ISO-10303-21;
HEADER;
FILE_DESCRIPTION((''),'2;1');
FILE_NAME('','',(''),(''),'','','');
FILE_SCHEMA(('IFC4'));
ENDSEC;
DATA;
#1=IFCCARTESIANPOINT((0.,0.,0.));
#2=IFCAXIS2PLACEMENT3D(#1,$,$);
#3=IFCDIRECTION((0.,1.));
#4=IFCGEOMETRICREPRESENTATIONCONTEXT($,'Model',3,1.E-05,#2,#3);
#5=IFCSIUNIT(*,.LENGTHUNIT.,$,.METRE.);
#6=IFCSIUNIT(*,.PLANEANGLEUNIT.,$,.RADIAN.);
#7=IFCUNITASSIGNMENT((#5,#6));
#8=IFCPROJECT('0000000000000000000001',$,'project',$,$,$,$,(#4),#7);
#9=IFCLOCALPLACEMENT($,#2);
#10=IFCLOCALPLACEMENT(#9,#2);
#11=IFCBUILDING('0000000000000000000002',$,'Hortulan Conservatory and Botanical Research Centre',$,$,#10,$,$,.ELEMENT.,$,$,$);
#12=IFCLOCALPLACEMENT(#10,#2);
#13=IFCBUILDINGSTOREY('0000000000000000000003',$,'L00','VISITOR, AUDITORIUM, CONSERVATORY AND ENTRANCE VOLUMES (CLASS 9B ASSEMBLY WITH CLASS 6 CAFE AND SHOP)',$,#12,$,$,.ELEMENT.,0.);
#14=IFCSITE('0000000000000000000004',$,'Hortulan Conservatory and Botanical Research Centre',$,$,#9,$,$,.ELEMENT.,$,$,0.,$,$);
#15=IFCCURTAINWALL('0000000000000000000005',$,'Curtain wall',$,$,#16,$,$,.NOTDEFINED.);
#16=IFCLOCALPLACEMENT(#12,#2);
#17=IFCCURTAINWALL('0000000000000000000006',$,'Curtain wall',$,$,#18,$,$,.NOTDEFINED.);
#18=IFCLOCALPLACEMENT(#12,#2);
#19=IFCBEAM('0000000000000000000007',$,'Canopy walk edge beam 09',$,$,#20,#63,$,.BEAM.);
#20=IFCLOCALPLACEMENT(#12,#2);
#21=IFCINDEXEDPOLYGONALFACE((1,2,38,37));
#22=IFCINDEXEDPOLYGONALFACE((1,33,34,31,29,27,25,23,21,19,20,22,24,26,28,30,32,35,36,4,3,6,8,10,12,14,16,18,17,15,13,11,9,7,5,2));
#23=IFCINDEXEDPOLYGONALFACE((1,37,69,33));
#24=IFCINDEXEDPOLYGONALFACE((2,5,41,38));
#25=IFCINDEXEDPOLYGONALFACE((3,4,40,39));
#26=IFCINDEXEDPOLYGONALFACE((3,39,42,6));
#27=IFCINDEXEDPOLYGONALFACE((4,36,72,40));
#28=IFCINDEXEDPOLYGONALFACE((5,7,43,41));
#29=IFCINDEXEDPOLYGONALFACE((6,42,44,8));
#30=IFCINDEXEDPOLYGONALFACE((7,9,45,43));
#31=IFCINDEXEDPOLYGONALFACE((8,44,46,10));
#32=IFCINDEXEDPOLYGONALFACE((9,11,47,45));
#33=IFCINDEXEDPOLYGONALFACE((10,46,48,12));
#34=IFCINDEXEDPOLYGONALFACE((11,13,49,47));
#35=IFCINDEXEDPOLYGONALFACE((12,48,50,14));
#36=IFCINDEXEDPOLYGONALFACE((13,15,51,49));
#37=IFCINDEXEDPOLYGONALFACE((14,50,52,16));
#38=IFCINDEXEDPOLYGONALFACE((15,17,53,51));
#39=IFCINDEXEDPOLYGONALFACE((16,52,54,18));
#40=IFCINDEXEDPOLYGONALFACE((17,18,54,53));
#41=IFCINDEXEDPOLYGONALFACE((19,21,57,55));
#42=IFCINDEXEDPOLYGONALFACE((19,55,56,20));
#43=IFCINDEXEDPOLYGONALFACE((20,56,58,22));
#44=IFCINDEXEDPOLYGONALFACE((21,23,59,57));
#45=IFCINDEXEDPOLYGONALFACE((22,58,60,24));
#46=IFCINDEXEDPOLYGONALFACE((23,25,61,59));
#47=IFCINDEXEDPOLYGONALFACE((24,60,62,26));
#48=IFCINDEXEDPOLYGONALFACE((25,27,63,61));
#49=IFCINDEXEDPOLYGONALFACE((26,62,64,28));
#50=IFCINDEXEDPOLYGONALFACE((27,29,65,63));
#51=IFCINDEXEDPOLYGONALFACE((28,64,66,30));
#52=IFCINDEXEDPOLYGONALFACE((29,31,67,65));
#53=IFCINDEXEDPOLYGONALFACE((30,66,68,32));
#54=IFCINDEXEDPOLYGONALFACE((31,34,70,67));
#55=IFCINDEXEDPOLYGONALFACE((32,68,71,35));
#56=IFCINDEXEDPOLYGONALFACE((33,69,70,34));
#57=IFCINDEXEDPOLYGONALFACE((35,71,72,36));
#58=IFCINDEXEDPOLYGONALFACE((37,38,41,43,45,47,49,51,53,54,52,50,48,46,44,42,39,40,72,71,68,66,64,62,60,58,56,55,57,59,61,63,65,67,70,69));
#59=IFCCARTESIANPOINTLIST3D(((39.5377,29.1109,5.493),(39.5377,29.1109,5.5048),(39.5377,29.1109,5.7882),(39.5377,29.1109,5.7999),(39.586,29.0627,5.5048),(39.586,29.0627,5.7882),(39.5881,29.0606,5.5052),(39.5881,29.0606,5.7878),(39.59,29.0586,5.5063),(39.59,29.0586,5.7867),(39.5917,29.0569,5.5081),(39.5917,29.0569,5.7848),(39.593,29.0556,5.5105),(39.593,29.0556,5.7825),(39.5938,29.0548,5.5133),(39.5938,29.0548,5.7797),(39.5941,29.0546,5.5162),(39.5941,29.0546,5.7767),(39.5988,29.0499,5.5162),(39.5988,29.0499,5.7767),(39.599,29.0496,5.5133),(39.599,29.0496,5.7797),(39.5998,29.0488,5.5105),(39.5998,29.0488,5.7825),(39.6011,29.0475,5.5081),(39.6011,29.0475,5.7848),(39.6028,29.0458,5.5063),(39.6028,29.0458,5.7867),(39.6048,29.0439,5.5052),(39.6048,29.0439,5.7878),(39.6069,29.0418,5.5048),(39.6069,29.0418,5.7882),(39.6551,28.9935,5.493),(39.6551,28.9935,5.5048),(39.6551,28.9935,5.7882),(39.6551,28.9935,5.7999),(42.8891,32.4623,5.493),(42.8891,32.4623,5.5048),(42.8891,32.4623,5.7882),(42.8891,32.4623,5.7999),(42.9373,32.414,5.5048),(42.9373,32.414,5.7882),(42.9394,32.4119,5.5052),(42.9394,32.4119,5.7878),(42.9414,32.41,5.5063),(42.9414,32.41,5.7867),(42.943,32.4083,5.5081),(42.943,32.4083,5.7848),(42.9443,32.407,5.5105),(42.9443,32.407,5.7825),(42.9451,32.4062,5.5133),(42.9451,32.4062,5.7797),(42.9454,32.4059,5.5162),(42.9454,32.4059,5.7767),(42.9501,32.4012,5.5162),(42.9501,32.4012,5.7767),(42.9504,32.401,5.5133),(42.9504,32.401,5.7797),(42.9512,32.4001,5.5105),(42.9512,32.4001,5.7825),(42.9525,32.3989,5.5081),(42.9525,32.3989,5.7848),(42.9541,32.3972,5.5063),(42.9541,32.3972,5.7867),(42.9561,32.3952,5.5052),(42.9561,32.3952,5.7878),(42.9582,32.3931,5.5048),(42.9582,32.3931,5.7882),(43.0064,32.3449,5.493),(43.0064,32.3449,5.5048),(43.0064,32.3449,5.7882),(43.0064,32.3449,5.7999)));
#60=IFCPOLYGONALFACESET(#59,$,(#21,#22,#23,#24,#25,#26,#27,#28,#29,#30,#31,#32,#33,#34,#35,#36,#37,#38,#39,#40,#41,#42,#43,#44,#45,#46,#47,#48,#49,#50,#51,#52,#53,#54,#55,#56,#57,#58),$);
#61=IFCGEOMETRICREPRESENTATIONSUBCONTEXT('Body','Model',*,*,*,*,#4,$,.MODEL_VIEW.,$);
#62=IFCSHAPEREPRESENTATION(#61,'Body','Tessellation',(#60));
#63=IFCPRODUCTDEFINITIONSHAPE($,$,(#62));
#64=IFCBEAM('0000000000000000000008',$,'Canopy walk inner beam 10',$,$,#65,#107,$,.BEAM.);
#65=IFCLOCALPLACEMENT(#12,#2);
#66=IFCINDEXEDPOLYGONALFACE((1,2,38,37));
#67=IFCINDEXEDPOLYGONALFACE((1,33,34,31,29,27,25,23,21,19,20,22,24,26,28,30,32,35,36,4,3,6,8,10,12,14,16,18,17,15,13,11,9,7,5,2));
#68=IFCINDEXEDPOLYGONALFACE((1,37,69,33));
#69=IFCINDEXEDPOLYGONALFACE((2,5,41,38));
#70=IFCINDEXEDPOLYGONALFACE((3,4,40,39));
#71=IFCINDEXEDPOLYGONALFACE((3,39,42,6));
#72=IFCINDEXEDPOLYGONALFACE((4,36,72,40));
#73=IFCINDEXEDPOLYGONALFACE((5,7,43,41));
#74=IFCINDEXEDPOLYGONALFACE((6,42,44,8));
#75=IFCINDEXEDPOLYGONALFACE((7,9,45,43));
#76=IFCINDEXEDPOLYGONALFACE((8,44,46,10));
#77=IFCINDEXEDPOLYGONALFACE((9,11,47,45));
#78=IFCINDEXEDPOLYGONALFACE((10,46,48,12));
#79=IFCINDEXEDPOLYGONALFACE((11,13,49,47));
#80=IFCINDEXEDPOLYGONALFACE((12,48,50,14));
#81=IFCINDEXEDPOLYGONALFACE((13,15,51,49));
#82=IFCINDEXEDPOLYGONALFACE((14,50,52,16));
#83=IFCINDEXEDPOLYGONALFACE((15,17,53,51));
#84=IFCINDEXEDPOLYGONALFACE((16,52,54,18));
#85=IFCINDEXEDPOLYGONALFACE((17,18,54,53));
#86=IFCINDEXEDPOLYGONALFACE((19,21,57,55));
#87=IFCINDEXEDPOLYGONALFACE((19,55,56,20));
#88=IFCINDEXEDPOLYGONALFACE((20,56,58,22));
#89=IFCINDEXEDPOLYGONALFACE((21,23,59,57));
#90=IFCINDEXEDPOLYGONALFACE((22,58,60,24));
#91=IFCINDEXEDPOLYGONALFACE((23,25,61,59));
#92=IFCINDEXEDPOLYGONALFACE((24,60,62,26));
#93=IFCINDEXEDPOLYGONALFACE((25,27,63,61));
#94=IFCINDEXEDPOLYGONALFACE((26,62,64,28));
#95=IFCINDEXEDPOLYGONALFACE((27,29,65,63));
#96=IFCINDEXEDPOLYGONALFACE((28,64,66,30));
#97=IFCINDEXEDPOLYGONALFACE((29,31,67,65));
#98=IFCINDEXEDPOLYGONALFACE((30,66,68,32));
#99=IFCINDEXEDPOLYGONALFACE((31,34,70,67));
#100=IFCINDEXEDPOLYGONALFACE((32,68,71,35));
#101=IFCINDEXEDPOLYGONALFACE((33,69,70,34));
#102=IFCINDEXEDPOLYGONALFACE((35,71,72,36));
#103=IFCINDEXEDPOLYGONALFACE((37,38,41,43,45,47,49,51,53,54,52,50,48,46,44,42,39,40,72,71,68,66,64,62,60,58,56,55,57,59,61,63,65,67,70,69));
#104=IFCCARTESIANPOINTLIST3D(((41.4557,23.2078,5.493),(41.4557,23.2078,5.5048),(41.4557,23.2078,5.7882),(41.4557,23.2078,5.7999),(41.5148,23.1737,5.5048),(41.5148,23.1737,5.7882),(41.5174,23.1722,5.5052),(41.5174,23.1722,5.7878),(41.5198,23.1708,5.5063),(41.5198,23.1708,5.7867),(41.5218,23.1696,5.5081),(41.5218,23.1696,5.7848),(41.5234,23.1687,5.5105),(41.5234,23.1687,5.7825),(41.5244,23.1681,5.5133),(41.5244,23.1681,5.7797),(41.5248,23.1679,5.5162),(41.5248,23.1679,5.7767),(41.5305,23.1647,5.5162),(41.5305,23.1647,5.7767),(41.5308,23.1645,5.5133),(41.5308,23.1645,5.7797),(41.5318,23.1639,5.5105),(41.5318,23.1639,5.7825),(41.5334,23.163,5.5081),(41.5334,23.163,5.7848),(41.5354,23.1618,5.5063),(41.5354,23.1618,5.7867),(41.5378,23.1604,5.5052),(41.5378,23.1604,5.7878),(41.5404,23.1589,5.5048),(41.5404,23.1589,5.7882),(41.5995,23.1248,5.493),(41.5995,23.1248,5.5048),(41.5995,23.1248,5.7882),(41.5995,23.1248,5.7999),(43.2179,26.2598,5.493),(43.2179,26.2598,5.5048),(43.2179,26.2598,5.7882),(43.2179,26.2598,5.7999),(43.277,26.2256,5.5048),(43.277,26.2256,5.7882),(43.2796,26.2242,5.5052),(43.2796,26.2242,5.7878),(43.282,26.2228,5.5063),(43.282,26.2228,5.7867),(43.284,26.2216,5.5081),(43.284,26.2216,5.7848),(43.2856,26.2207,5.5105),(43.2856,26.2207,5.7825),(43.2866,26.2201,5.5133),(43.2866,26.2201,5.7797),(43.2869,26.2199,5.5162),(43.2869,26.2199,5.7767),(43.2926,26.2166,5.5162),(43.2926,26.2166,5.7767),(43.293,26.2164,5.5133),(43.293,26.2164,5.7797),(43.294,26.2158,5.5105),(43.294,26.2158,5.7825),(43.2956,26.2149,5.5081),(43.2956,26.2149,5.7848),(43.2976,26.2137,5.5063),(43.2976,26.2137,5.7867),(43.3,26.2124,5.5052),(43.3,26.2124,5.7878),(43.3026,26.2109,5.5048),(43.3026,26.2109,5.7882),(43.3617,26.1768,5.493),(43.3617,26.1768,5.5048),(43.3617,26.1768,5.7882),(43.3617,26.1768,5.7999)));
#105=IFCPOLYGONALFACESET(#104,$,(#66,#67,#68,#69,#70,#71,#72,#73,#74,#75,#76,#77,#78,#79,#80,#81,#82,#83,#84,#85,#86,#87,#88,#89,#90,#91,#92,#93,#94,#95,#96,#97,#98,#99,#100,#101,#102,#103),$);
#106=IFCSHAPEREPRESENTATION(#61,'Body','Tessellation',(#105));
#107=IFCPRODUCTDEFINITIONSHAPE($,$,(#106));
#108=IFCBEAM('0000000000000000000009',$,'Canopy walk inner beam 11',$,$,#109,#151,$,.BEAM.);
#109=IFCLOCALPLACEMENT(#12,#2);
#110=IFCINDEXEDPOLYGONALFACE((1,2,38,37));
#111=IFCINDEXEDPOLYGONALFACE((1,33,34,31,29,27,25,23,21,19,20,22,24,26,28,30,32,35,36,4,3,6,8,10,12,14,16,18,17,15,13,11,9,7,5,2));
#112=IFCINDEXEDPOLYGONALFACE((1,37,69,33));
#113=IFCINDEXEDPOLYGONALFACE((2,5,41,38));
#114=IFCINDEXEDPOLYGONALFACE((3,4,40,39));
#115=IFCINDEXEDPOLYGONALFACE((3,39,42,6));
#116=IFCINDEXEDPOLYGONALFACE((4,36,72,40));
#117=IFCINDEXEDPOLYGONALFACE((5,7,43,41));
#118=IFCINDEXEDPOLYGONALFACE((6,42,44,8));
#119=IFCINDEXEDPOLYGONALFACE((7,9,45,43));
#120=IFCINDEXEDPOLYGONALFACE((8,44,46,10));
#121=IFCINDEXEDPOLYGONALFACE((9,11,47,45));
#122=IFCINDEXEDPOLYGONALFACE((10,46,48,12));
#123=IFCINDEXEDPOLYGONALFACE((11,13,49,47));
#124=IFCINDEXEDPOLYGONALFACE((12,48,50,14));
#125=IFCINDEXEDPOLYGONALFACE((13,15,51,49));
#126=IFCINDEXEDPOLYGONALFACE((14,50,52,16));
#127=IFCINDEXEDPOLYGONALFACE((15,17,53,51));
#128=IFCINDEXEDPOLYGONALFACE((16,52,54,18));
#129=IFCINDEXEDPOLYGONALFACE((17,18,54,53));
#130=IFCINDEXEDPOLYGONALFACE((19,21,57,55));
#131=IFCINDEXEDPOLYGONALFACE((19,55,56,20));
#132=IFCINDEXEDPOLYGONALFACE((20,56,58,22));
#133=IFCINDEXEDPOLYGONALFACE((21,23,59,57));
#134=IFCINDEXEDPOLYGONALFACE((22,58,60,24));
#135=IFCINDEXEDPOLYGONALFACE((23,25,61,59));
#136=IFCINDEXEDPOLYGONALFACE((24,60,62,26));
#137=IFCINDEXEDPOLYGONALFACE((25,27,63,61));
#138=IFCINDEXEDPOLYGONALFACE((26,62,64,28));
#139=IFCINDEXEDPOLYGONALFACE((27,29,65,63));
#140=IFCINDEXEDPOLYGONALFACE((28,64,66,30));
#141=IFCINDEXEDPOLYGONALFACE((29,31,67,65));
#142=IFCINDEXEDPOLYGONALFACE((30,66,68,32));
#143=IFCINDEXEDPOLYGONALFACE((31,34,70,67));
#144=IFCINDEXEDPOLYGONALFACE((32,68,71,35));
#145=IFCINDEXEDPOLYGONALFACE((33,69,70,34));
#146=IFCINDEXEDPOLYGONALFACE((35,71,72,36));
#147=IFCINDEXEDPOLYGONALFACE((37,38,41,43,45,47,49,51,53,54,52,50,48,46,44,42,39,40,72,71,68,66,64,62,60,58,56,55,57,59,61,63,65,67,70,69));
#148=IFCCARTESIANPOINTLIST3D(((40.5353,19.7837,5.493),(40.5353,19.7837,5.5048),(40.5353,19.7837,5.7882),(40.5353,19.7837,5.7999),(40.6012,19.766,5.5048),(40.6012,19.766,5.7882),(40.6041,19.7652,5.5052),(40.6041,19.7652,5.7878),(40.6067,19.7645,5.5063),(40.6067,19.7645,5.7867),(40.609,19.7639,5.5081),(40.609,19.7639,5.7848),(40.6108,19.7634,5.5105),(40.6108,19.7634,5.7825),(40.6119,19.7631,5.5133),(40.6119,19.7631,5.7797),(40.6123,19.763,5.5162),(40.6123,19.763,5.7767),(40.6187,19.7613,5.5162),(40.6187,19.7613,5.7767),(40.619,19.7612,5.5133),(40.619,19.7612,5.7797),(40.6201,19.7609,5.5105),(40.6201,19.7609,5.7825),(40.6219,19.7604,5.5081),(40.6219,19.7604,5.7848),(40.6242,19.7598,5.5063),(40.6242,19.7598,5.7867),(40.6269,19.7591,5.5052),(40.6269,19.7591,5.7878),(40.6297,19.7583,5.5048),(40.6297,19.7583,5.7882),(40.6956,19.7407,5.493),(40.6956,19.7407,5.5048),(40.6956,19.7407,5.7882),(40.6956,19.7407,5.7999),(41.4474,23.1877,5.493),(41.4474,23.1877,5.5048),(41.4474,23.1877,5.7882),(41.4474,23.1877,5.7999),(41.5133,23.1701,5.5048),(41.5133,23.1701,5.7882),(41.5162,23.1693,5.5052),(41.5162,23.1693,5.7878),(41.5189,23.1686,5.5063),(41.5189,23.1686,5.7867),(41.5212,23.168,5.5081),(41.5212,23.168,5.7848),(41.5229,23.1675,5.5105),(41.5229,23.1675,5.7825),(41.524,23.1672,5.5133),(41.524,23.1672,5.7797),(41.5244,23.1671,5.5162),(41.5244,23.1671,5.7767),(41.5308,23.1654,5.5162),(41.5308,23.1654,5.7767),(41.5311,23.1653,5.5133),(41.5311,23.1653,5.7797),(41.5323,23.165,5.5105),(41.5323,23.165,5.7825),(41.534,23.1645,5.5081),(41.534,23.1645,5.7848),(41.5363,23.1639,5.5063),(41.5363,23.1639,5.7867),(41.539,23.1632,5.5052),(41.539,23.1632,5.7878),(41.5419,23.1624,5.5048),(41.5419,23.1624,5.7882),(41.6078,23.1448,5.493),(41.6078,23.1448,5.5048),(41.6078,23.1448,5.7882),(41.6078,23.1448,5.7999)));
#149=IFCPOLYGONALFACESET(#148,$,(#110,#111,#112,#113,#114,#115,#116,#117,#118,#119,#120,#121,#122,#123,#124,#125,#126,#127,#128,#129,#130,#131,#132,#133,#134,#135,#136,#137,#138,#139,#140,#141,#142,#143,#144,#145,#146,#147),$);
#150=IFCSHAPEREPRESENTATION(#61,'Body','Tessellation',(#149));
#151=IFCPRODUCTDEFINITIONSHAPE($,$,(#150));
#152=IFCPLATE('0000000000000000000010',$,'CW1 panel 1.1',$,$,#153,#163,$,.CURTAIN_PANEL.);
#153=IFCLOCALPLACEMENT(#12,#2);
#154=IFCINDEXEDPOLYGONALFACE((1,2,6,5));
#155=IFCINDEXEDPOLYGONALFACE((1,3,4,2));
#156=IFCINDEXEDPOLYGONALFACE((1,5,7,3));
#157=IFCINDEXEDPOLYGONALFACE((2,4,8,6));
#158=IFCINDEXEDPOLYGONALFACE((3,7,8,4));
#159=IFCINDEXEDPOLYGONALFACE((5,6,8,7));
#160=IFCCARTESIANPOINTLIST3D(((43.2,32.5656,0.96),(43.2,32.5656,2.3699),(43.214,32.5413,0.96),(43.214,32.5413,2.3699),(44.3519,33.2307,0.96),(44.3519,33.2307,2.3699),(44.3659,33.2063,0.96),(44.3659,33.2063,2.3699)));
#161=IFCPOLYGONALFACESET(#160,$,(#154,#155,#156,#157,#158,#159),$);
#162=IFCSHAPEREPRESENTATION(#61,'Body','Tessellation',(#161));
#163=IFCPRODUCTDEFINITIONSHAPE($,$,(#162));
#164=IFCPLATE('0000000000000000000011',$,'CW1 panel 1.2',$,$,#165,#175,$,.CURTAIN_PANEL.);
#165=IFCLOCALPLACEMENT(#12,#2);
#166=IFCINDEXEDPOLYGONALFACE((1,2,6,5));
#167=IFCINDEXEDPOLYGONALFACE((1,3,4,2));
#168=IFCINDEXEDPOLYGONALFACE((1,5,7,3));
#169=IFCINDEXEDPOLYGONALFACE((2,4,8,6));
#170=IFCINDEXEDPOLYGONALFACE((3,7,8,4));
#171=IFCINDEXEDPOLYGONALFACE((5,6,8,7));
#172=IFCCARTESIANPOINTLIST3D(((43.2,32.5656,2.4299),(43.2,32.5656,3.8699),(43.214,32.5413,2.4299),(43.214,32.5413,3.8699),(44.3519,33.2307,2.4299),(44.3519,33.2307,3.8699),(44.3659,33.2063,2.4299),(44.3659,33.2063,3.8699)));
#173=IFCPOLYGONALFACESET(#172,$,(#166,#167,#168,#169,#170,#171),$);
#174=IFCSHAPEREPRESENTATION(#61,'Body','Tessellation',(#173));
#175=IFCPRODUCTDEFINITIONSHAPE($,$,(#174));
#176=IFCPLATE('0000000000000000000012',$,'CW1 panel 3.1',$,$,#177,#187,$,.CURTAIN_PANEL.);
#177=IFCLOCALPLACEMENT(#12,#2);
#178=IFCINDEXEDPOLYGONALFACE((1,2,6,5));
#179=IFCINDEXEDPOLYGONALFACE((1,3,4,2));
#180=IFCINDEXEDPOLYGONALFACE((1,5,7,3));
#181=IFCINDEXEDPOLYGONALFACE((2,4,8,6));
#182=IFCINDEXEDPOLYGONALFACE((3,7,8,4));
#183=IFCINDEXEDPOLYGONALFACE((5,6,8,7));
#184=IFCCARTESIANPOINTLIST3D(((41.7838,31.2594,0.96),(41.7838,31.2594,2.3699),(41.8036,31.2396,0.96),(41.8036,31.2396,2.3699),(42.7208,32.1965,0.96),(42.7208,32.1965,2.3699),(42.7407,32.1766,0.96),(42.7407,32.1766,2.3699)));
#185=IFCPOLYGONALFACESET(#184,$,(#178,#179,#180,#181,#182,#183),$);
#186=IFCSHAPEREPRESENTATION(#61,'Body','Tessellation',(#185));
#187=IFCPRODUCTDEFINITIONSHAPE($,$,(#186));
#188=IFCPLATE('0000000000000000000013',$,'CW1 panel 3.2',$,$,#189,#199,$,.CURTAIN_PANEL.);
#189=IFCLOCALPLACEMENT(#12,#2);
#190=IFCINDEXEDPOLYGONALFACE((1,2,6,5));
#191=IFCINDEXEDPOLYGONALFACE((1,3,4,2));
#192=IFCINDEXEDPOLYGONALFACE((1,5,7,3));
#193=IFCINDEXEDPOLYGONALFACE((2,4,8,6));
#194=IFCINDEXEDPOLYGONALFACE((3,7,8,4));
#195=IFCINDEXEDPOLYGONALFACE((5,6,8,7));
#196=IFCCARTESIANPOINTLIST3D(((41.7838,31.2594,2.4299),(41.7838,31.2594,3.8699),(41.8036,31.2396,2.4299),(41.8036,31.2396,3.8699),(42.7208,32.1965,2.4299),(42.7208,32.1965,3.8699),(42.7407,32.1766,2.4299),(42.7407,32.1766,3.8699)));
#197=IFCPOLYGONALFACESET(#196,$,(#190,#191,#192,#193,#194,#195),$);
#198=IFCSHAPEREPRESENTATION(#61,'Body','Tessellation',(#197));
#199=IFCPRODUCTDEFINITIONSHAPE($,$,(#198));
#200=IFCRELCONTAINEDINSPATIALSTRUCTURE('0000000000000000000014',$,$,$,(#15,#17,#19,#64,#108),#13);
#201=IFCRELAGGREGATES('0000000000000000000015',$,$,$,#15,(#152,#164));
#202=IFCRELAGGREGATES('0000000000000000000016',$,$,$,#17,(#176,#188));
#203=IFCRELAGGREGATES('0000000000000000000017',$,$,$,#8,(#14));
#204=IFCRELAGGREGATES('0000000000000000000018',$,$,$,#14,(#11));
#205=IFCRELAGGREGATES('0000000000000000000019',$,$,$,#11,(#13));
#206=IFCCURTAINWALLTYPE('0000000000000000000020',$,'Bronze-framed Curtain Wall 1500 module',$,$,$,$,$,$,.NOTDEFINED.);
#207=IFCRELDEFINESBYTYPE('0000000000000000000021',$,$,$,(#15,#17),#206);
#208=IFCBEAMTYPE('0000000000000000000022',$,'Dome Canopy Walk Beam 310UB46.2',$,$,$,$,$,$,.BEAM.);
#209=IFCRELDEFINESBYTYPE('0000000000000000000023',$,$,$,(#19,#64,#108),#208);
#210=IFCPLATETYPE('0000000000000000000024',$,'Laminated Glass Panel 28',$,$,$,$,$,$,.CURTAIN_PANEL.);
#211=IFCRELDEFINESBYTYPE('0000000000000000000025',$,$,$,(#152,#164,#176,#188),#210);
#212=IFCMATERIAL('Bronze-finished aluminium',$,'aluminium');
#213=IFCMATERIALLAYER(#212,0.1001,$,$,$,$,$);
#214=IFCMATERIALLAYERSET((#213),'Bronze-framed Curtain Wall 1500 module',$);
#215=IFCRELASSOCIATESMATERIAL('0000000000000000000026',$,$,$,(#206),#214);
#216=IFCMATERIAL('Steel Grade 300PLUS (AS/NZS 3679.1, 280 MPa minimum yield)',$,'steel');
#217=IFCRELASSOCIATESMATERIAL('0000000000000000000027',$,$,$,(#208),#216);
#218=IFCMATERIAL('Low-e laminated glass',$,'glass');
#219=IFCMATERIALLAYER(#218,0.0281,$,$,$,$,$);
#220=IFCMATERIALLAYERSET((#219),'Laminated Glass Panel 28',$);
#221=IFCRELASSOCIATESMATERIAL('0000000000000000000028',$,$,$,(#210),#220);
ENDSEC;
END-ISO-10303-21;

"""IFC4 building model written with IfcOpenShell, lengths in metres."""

from ifc_helpers import new_model, si_unit, direction, frame, origin, origin_2d, place, context, subcontext, project, spatial, rectangle, i_section, extrude, material, layer, layer_set, material_profile, profile_set, type_object, element, aggregate, save


model = new_model("IFC4")

# Units and contexts
model_context = context("Model", 3, precision=1e-05, world=origin(), true_north=direction((0.0, 1.0)))
body_context = subcontext(model_context, "Body", "Model", "MODEL_VIEW")
ifc_project = project(units=[si_unit("LENGTHUNIT", "METRE"), si_unit("PLANEANGLEUNIT", "RADIAN")], contexts=[model_context])

# Site, building, storey
site_placement = place(None, origin())
site = spatial("IfcSite", under=ifc_project, at=site_placement, Name="Hortulan Conservatory and Botanical Research Centre", CompositionType="ELEMENT", RefElevation=0.0)
building_placement = place(site_placement, origin())
building = spatial("IfcBuilding", under=site, at=building_placement, Name="Hortulan Conservatory and Botanical Research Centre", CompositionType="ELEMENT")
storey_placement = place(building_placement, origin())
storey = spatial("IfcBuildingStorey", under=building, at=storey_placement, Name="L00", Description="VISITOR, AUDITORIUM, CONSERVATORY AND ENTRANCE VOLUMES (CLASS 9B ASSEMBLY WITH CLASS 6 CAFE AND SHOP)", CompositionType="ELEMENT", Elevation=0.0)

# Curtain wall
ifc_material_1 = material(Name="Bronze-finished aluminium", Category="aluminium")
ifc_layer_1 = layer(ifc_material_1, 0.1001)
ifc_layer_set_1 = layer_set([ifc_layer_1], Name="Bronze-framed Curtain Wall 1500 module")
curtain_wall_type = type_object("IfcCurtainWallType", Name="Bronze-framed Curtain Wall 1500 module", PredefinedType="NOTDEFINED", material=ifc_layer_set_1)
curtain_wall_1_placement = place(storey_placement, origin())
curtain_wall_1 = element("IfcCurtainWall", 1, at=curtain_wall_1_placement, inside=storey, type_object=curtain_wall_type, Name="Curtain wall", PredefinedType="NOTDEFINED")

# Curtain wall
curtain_wall_2_placement = place(storey_placement, origin())
curtain_wall_2 = element("IfcCurtainWall", 2, at=curtain_wall_2_placement, inside=storey, type_object=curtain_wall_type, Name="Curtain wall", PredefinedType="NOTDEFINED")

# Beams
ifc_material_2 = material(Name="Steel Grade 300PLUS (AS/NZS 3679.1, 280 MPa minimum yield)", Category="steel")
ifc_material_profile_1 = material_profile(ifc_material_2, i_section(OverallWidth=0.166, OverallDepth=0.3069, WebThickness=0.0066, FlangeThickness=0.0117, FilletRadius=0.0115, at=origin_2d()), Name="310UB46.2")
ifc_profile_set_1 = profile_set([ifc_material_profile_1], Name="Steel Grade 300PLUS (AS/NZS 3679.1, 280 MPa minimum yield)")
beam_type = type_object("IfcBeamType", Name="Dome Canopy Walk Beam 310UB46.2", PredefinedType="BEAM", material=ifc_profile_set_1)
beam_placement = place(storey_placement, frame((42.9478, 32.4036, 5.6465), z_axis=(-0.707107, -0.707107, 0.0), x_axis=(0.707107, -0.707107, 0.0)))
element("IfcBeam", 3, at=beam_placement, inside=storey, type_object=beam_type, Name="Canopy walk edge beam 09", PredefinedType="BEAM", context=body_context, shape_type="SweptSolid", body=[
    extrude(i_section(OverallWidth=0.166, OverallDepth=0.3069, WebThickness=0.0066, FlangeThickness=0.0117, FilletRadius=0.0115, at=origin_2d()), origin(), (0.0, 0.0, 1.0), 4.7395),
])
for number, where, z_axis, x_axis, name in (
    (4, (43.2898, 26.2183, 5.6465), (-0.500028, -0.866009, 0.0), (0.866009, -0.500028, 0.0), "Canopy walk inner beam 10"),
    (5, (41.5276, 23.1663, 5.6465), (-0.258818, -0.965926, 0.0), (0.965926, -0.258818, 0.0), "Canopy walk inner beam 11"),
):
    element("IfcBeam", number, at=place(storey_placement, frame(where, z_axis=z_axis, x_axis=x_axis)), inside=storey, type_object=beam_type, Name=name, PredefinedType="BEAM", context=body_context, shape_type="SweptSolid", body=[
        extrude(i_section(OverallWidth=0.166, OverallDepth=0.3069, WebThickness=0.0066, FlangeThickness=0.0117, FilletRadius=0.0115, at=origin_2d()), origin(), (0.0, 0.0, 1.0), 3.5242),
    ])

# Plates
ifc_material_3 = material(Name="Low-e laminated glass", Category="glass")
ifc_layer_2 = layer(ifc_material_3, 0.0281)
ifc_layer_set_2 = layer_set([ifc_layer_2], Name="Laminated Glass Panel 28")
plate_type = type_object("IfcPlateType", Name="Laminated Glass Panel 28", PredefinedType="CURTAIN_PANEL", material=ifc_layer_set_2)
plate_1_placement = place(storey_placement, frame((43.783, 32.886, 0.96), z_axis=(0.0, 0.0, 1.0), x_axis=(0.866036, 0.499981, 0.0)))
plate_1 = element("IfcPlate", 6, at=plate_1_placement, type_object=plate_type, Name="CW1 panel 1.1", PredefinedType="CURTAIN_PANEL", context=body_context, shape_type="SweptSolid", body=[
    extrude(rectangle(XDim=1.3301, YDim=0.0281, at=origin_2d()), origin(), (0.0, 0.0, 1.0), 1.4099),
])
plate_2_placement = place(storey_placement, frame((43.783, 32.886, 2.4299), z_axis=(0.0, 0.0, 1.0), x_axis=(0.866036, 0.499981, 0.0)))
plate_2 = element("IfcPlate", 7, at=plate_2_placement, type_object=plate_type, Name="CW1 panel 1.2", PredefinedType="CURTAIN_PANEL", context=body_context, shape_type="SweptSolid", body=[
    extrude(rectangle(XDim=1.3301, YDim=0.0281, at=origin_2d()), origin(), (0.0, 0.0, 1.0), 1.4399),
])
aggregate(curtain_wall_1, [plate_1, plate_2])
plate_3_placement = place(storey_placement, frame((42.2622, 31.718, 0.96), z_axis=(0.0, 0.0, 1.0), x_axis=(0.707095, 0.707119, 0.0)))
plate_3 = element("IfcPlate", 8, at=plate_3_placement, type_object=plate_type, Name="CW1 panel 3.1", PredefinedType="CURTAIN_PANEL", context=body_context, shape_type="SweptSolid", body=[
    extrude(rectangle(XDim=1.3252, YDim=0.0281, at=origin_2d()), origin(), (0.0, 0.0, 1.0), 1.4099),
])
plate_4_placement = place(storey_placement, frame((42.2622, 31.718, 2.4299), z_axis=(0.0, 0.0, 1.0), x_axis=(0.707095, 0.707119, 0.0)))
plate_4 = element("IfcPlate", 9, at=plate_4_placement, type_object=plate_type, Name="CW1 panel 3.2", PredefinedType="CURTAIN_PANEL", context=body_context, shape_type="SweptSolid", body=[
    extrude(rectangle(XDim=1.3252, YDim=0.0281, at=origin_2d()), origin(), (0.0, 0.0, 1.0), 1.4399),
])
aggregate(curtain_wall_2, [plate_3, plate_4])

save(model, "model.ifc")
